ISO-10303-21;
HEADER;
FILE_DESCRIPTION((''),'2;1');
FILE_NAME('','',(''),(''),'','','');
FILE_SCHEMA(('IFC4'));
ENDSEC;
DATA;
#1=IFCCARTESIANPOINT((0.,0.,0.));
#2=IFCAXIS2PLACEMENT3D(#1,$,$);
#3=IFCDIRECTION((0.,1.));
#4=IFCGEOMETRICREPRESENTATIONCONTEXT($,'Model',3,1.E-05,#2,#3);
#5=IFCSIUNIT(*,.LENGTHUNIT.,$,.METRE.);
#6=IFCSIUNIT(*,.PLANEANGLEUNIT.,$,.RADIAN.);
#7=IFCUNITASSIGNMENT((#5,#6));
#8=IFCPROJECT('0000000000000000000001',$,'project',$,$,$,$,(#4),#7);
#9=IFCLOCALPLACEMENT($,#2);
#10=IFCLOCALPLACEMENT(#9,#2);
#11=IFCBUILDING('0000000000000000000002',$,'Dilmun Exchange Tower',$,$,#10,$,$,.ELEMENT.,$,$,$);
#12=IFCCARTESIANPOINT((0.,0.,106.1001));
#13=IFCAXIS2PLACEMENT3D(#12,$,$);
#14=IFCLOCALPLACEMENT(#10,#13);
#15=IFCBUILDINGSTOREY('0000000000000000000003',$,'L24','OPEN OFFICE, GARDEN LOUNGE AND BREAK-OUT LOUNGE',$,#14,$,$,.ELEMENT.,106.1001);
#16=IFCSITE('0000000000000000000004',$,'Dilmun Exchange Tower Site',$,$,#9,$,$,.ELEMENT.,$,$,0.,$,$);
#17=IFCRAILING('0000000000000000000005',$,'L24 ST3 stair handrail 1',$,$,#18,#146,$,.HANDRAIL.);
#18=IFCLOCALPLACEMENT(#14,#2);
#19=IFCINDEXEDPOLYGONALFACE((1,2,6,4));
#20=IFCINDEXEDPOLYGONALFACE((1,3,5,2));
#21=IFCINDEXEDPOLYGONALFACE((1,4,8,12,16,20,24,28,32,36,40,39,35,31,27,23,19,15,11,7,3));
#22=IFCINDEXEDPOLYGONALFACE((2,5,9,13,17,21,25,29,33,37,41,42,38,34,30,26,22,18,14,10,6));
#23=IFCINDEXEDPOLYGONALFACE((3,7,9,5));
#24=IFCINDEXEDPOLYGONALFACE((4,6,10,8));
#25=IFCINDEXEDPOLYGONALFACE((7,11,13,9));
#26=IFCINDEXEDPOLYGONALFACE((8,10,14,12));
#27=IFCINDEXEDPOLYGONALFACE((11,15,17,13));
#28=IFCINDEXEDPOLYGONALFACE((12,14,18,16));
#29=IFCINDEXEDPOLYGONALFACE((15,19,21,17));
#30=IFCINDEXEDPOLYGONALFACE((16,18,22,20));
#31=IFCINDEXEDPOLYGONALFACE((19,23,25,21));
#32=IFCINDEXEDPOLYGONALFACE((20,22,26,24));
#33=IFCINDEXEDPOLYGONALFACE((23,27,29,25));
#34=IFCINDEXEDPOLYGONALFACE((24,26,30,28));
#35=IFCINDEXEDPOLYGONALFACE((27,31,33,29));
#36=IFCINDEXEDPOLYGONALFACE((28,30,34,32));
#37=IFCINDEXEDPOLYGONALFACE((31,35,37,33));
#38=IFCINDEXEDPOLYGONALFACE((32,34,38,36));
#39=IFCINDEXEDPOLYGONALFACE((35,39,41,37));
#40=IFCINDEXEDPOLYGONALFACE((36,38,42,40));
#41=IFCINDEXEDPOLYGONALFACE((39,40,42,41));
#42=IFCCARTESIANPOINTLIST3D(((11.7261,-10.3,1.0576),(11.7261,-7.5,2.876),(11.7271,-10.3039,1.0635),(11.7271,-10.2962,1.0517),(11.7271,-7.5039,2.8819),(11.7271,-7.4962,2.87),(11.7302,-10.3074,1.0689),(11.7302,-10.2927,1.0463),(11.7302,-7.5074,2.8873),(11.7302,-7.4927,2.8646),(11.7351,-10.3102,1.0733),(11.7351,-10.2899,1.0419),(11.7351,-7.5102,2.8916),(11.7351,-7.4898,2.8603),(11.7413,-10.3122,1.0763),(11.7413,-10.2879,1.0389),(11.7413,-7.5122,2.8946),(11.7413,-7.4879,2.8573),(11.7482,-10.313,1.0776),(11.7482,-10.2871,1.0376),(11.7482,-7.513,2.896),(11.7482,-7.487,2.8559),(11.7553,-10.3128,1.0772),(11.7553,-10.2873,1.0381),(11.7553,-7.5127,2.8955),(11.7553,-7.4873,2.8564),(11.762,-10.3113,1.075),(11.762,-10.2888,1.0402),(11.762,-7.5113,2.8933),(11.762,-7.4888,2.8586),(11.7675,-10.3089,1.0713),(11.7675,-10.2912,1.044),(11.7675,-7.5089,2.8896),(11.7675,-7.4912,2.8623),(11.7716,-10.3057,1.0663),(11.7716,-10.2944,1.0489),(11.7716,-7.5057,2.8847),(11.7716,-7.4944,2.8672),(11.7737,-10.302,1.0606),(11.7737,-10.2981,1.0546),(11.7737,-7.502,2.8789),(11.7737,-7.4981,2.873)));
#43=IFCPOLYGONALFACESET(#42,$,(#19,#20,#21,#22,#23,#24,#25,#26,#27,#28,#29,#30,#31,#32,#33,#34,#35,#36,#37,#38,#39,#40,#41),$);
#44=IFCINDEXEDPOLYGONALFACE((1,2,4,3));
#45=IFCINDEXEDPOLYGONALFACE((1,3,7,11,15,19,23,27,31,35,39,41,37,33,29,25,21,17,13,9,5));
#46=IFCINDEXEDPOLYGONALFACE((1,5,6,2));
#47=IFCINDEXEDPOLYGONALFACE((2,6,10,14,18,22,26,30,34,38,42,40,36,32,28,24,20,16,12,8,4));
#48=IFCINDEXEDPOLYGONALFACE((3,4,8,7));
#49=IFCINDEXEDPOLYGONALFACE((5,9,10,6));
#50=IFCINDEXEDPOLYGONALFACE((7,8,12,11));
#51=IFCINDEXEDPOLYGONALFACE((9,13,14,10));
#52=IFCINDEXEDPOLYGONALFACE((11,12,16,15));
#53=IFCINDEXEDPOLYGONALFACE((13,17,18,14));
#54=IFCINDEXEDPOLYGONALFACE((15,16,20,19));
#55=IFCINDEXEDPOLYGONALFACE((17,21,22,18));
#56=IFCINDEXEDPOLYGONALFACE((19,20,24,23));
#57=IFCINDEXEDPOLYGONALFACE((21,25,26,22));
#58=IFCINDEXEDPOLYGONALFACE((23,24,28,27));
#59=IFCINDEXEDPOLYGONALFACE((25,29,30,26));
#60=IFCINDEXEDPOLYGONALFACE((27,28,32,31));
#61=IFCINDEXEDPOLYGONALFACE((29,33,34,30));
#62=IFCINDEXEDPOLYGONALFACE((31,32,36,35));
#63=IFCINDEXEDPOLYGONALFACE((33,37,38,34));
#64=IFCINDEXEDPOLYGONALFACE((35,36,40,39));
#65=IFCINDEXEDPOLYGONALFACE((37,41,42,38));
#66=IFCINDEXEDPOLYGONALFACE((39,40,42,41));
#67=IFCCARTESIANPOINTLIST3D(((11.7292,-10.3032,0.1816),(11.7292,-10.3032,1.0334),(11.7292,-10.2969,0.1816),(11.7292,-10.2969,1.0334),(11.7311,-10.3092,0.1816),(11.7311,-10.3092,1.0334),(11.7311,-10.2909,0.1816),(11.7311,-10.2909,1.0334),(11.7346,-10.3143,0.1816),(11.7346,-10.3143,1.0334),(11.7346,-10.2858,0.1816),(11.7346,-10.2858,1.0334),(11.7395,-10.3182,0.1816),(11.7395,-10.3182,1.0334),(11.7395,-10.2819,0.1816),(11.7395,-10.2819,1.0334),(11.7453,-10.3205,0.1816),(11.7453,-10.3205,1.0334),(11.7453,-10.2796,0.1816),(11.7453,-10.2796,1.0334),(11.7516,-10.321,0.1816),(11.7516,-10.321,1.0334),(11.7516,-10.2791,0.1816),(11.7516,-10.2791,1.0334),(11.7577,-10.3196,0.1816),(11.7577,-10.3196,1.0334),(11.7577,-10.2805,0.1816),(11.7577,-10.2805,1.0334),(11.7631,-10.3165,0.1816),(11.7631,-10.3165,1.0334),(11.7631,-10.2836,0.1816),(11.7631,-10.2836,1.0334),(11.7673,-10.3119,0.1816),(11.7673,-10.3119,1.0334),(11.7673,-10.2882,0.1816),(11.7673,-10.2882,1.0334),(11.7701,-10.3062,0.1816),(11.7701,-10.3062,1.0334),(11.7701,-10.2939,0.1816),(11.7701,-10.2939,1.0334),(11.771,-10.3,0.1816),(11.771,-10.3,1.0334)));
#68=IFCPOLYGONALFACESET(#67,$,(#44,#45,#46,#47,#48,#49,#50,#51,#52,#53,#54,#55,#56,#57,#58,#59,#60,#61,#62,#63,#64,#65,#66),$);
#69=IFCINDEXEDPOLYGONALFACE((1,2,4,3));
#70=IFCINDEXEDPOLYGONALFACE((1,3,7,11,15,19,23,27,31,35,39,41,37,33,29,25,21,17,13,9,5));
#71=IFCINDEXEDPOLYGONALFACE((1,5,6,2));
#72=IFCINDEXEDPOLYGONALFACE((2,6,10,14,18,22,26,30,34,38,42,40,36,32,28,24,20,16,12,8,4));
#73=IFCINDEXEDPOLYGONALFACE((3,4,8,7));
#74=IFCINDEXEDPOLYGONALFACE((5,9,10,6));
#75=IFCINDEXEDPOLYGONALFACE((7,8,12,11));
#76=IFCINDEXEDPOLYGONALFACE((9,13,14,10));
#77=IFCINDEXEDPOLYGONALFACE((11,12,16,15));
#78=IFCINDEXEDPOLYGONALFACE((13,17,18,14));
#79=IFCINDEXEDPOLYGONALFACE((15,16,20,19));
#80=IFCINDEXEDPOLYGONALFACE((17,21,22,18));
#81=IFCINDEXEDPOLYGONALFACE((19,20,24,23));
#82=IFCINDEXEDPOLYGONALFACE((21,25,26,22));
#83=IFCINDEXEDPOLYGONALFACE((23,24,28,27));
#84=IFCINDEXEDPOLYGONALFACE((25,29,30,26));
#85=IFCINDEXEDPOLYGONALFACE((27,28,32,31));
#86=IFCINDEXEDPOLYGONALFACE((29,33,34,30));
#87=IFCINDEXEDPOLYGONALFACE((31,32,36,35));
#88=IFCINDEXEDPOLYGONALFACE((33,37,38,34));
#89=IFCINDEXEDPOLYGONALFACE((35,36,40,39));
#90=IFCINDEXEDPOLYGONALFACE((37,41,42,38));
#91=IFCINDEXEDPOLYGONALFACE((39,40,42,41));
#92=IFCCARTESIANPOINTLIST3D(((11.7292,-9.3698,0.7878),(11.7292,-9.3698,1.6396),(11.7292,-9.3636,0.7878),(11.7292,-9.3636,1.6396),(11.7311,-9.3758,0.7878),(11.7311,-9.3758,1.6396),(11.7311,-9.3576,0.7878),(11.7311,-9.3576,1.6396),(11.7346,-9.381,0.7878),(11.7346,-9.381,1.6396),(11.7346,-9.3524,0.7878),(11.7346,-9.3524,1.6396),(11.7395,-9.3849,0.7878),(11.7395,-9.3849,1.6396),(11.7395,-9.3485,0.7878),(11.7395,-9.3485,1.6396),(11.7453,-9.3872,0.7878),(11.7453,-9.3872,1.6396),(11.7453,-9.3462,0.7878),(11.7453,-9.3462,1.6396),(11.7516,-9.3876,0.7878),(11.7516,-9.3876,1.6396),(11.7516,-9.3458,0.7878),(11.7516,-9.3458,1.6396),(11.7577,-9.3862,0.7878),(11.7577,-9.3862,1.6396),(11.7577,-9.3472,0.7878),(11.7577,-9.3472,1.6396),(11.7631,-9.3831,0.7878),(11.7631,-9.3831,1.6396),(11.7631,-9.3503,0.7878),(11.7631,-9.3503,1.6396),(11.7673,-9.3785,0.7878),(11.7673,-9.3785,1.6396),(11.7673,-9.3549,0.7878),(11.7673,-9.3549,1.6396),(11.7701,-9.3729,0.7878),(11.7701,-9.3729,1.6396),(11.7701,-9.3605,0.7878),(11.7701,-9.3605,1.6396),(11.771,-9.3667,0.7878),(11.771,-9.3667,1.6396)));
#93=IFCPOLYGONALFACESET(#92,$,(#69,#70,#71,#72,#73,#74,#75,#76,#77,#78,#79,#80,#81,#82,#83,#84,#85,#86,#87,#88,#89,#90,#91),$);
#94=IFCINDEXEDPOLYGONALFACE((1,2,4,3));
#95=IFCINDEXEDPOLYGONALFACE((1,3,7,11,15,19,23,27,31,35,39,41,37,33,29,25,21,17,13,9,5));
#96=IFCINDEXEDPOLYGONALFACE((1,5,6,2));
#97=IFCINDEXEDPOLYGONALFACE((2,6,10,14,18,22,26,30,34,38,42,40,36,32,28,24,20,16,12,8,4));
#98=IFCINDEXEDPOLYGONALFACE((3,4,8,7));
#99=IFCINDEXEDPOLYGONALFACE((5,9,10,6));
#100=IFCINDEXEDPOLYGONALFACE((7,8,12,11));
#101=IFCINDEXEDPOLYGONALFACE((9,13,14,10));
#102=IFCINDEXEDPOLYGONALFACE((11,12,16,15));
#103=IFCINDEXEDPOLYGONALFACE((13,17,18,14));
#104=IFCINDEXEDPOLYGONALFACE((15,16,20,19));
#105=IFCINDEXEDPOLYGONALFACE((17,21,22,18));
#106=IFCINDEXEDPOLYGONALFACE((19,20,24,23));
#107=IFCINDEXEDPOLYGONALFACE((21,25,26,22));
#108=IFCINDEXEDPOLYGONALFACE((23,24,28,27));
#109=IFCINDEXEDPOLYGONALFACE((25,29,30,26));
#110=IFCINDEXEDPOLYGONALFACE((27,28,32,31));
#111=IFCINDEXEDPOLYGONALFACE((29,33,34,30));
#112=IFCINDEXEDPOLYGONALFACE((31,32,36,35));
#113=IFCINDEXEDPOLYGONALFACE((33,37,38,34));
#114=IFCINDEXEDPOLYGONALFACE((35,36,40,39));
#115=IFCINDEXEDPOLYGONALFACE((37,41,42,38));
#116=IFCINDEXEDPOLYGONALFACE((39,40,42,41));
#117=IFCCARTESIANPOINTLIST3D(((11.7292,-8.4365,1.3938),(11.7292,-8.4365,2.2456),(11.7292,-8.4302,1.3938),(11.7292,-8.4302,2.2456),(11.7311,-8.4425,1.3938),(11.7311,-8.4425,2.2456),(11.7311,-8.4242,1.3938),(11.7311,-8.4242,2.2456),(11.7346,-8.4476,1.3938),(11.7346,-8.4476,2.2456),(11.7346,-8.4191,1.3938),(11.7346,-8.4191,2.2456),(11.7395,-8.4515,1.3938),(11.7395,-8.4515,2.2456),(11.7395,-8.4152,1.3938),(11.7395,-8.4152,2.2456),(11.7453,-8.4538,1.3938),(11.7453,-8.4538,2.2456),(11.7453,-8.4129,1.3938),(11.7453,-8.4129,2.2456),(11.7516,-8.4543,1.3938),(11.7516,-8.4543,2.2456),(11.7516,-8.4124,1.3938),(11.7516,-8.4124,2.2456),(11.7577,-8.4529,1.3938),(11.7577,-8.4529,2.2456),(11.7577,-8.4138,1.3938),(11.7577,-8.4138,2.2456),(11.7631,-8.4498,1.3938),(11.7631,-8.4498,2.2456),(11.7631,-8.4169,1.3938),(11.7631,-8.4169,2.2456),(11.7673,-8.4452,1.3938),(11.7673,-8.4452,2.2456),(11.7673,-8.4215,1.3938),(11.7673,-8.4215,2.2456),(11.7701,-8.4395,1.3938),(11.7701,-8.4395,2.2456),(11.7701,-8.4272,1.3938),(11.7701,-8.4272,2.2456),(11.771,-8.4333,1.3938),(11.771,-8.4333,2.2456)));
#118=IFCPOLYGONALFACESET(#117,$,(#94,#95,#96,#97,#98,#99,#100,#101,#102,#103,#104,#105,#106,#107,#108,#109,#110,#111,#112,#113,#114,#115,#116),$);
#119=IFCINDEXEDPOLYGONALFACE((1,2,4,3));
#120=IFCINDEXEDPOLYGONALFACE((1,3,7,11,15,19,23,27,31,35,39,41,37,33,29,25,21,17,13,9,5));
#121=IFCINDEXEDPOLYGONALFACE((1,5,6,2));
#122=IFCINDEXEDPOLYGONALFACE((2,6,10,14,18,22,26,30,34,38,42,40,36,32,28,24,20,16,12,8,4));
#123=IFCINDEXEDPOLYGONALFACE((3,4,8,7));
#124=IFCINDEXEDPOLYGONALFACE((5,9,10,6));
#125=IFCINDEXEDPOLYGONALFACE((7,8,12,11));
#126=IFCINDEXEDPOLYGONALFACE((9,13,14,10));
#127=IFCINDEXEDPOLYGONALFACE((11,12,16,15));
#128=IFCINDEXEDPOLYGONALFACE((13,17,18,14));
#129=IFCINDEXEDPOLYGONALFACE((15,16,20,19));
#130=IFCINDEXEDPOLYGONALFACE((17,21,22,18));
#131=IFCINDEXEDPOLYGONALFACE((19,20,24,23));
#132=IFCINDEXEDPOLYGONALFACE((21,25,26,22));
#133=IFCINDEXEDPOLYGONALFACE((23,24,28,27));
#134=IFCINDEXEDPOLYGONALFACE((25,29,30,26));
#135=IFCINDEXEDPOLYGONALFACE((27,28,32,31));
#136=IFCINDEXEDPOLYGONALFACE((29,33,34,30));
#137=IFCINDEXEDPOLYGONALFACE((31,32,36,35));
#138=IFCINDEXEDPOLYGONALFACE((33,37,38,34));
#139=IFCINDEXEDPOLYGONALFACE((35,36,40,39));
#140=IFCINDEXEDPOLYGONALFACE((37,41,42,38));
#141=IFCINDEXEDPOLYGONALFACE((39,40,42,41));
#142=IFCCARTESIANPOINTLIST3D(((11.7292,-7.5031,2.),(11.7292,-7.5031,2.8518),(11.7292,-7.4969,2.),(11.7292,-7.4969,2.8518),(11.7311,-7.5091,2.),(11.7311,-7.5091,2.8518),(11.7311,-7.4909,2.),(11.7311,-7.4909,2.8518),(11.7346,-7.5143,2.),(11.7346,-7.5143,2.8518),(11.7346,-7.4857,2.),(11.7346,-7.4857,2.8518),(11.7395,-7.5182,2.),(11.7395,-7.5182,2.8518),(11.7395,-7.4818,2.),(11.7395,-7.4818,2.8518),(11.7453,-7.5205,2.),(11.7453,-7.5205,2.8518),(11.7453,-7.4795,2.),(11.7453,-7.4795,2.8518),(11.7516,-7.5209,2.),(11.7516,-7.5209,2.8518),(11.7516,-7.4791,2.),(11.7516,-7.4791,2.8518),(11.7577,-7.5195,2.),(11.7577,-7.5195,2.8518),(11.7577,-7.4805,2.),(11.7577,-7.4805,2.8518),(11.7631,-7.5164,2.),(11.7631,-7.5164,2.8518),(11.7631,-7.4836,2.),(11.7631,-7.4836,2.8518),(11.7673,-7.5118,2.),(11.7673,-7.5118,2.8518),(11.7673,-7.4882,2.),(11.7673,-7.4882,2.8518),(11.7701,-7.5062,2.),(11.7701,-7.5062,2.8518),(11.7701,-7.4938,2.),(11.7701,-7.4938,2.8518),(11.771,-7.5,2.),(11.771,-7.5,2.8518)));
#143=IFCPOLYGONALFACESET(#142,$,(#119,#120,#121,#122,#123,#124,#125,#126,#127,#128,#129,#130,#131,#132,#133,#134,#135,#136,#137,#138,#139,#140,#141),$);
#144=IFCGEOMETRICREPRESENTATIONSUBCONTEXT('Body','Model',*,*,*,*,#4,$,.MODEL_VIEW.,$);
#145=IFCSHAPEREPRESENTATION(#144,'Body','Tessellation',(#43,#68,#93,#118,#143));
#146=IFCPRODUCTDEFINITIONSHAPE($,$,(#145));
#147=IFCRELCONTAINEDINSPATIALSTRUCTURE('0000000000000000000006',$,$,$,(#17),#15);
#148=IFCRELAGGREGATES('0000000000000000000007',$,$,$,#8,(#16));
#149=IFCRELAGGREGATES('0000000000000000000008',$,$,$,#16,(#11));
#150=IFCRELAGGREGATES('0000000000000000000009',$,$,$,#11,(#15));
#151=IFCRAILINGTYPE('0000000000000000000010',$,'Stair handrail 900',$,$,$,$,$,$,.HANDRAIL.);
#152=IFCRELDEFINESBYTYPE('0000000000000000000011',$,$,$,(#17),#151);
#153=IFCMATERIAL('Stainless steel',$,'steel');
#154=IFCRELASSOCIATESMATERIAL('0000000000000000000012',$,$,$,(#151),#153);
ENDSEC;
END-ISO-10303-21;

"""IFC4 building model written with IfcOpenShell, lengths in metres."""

from ifc_helpers import new_model, si_unit, direction, frame, origin, origin_2d, place, context, subcontext, project, spatial, circle, extrude, material, type_object, element, save


model = new_model("IFC4")

# Units and contexts
model_context = context("Model", 3, precision=1e-05, world=origin(), true_north=direction((0.0, 1.0)))
body_context = subcontext(model_context, "Body", "Model", "MODEL_VIEW")
ifc_project = project(units=[si_unit("LENGTHUNIT", "METRE"), si_unit("PLANEANGLEUNIT", "RADIAN")], contexts=[model_context])

# Site, building, storey
site_placement = place(None, origin())
site = spatial("IfcSite", under=ifc_project, at=site_placement, Name="Dilmun Exchange Tower Site", CompositionType="ELEMENT", RefElevation=0.0)
building_placement = place(site_placement, origin())
building = spatial("IfcBuilding", under=site, at=building_placement, Name="Dilmun Exchange Tower", CompositionType="ELEMENT")
storey_placement = place(building_placement, frame((0.0, 0.0, 106.1001)))
storey = spatial("IfcBuildingStorey", under=building, at=storey_placement, Name="L24", Description="OPEN OFFICE, GARDEN LOUNGE AND BREAK-OUT LOUNGE", CompositionType="ELEMENT", Elevation=106.1001)

# Railing
ifc_material_1 = material(Name="Stainless steel", Category="steel")
railing_type = type_object("IfcRailingType", Name="Stair handrail 900", PredefinedType="HANDRAIL", material=ifc_material_1)
railing_placement = place(storey_placement, frame((11.75, -10.3, 0.1816)))
element("IfcRailing", 1, at=railing_placement, inside=storey, type_object=railing_type, Name="L24 ST3 stair handrail 1", PredefinedType="HANDRAIL", context=body_context, shape_type="SweptSolid", body=[
    extrude(circle(Radius=0.0239, at=origin_2d()), frame((0.0, 0.0, 0.876), z_axis=(0.0, 0.838672, 0.544636), x_axis=(-1.0, 0.0, 0.0)), (0.0, 0.0, 1.0), 3.3386),
    extrude(circle(Radius=0.021, at=origin_2d()), origin(), (0.0, 0.0, 1.0), 0.8518),
    extrude(circle(Radius=0.021, at=origin_2d()), frame((0.0, 0.9333, 0.6062)), (0.0, 0.0, 1.0), 0.8518),
    extrude(circle(Radius=0.021, at=origin_2d()), frame((0.0, 1.8667, 1.2122)), (0.0, 0.0, 1.0), 0.8518),
    extrude(circle(Radius=0.021, at=origin_2d()), frame((0.0, 2.8, 1.8184)), (0.0, 0.0, 1.0), 0.8518),
])

save(model, "model.ifc")
